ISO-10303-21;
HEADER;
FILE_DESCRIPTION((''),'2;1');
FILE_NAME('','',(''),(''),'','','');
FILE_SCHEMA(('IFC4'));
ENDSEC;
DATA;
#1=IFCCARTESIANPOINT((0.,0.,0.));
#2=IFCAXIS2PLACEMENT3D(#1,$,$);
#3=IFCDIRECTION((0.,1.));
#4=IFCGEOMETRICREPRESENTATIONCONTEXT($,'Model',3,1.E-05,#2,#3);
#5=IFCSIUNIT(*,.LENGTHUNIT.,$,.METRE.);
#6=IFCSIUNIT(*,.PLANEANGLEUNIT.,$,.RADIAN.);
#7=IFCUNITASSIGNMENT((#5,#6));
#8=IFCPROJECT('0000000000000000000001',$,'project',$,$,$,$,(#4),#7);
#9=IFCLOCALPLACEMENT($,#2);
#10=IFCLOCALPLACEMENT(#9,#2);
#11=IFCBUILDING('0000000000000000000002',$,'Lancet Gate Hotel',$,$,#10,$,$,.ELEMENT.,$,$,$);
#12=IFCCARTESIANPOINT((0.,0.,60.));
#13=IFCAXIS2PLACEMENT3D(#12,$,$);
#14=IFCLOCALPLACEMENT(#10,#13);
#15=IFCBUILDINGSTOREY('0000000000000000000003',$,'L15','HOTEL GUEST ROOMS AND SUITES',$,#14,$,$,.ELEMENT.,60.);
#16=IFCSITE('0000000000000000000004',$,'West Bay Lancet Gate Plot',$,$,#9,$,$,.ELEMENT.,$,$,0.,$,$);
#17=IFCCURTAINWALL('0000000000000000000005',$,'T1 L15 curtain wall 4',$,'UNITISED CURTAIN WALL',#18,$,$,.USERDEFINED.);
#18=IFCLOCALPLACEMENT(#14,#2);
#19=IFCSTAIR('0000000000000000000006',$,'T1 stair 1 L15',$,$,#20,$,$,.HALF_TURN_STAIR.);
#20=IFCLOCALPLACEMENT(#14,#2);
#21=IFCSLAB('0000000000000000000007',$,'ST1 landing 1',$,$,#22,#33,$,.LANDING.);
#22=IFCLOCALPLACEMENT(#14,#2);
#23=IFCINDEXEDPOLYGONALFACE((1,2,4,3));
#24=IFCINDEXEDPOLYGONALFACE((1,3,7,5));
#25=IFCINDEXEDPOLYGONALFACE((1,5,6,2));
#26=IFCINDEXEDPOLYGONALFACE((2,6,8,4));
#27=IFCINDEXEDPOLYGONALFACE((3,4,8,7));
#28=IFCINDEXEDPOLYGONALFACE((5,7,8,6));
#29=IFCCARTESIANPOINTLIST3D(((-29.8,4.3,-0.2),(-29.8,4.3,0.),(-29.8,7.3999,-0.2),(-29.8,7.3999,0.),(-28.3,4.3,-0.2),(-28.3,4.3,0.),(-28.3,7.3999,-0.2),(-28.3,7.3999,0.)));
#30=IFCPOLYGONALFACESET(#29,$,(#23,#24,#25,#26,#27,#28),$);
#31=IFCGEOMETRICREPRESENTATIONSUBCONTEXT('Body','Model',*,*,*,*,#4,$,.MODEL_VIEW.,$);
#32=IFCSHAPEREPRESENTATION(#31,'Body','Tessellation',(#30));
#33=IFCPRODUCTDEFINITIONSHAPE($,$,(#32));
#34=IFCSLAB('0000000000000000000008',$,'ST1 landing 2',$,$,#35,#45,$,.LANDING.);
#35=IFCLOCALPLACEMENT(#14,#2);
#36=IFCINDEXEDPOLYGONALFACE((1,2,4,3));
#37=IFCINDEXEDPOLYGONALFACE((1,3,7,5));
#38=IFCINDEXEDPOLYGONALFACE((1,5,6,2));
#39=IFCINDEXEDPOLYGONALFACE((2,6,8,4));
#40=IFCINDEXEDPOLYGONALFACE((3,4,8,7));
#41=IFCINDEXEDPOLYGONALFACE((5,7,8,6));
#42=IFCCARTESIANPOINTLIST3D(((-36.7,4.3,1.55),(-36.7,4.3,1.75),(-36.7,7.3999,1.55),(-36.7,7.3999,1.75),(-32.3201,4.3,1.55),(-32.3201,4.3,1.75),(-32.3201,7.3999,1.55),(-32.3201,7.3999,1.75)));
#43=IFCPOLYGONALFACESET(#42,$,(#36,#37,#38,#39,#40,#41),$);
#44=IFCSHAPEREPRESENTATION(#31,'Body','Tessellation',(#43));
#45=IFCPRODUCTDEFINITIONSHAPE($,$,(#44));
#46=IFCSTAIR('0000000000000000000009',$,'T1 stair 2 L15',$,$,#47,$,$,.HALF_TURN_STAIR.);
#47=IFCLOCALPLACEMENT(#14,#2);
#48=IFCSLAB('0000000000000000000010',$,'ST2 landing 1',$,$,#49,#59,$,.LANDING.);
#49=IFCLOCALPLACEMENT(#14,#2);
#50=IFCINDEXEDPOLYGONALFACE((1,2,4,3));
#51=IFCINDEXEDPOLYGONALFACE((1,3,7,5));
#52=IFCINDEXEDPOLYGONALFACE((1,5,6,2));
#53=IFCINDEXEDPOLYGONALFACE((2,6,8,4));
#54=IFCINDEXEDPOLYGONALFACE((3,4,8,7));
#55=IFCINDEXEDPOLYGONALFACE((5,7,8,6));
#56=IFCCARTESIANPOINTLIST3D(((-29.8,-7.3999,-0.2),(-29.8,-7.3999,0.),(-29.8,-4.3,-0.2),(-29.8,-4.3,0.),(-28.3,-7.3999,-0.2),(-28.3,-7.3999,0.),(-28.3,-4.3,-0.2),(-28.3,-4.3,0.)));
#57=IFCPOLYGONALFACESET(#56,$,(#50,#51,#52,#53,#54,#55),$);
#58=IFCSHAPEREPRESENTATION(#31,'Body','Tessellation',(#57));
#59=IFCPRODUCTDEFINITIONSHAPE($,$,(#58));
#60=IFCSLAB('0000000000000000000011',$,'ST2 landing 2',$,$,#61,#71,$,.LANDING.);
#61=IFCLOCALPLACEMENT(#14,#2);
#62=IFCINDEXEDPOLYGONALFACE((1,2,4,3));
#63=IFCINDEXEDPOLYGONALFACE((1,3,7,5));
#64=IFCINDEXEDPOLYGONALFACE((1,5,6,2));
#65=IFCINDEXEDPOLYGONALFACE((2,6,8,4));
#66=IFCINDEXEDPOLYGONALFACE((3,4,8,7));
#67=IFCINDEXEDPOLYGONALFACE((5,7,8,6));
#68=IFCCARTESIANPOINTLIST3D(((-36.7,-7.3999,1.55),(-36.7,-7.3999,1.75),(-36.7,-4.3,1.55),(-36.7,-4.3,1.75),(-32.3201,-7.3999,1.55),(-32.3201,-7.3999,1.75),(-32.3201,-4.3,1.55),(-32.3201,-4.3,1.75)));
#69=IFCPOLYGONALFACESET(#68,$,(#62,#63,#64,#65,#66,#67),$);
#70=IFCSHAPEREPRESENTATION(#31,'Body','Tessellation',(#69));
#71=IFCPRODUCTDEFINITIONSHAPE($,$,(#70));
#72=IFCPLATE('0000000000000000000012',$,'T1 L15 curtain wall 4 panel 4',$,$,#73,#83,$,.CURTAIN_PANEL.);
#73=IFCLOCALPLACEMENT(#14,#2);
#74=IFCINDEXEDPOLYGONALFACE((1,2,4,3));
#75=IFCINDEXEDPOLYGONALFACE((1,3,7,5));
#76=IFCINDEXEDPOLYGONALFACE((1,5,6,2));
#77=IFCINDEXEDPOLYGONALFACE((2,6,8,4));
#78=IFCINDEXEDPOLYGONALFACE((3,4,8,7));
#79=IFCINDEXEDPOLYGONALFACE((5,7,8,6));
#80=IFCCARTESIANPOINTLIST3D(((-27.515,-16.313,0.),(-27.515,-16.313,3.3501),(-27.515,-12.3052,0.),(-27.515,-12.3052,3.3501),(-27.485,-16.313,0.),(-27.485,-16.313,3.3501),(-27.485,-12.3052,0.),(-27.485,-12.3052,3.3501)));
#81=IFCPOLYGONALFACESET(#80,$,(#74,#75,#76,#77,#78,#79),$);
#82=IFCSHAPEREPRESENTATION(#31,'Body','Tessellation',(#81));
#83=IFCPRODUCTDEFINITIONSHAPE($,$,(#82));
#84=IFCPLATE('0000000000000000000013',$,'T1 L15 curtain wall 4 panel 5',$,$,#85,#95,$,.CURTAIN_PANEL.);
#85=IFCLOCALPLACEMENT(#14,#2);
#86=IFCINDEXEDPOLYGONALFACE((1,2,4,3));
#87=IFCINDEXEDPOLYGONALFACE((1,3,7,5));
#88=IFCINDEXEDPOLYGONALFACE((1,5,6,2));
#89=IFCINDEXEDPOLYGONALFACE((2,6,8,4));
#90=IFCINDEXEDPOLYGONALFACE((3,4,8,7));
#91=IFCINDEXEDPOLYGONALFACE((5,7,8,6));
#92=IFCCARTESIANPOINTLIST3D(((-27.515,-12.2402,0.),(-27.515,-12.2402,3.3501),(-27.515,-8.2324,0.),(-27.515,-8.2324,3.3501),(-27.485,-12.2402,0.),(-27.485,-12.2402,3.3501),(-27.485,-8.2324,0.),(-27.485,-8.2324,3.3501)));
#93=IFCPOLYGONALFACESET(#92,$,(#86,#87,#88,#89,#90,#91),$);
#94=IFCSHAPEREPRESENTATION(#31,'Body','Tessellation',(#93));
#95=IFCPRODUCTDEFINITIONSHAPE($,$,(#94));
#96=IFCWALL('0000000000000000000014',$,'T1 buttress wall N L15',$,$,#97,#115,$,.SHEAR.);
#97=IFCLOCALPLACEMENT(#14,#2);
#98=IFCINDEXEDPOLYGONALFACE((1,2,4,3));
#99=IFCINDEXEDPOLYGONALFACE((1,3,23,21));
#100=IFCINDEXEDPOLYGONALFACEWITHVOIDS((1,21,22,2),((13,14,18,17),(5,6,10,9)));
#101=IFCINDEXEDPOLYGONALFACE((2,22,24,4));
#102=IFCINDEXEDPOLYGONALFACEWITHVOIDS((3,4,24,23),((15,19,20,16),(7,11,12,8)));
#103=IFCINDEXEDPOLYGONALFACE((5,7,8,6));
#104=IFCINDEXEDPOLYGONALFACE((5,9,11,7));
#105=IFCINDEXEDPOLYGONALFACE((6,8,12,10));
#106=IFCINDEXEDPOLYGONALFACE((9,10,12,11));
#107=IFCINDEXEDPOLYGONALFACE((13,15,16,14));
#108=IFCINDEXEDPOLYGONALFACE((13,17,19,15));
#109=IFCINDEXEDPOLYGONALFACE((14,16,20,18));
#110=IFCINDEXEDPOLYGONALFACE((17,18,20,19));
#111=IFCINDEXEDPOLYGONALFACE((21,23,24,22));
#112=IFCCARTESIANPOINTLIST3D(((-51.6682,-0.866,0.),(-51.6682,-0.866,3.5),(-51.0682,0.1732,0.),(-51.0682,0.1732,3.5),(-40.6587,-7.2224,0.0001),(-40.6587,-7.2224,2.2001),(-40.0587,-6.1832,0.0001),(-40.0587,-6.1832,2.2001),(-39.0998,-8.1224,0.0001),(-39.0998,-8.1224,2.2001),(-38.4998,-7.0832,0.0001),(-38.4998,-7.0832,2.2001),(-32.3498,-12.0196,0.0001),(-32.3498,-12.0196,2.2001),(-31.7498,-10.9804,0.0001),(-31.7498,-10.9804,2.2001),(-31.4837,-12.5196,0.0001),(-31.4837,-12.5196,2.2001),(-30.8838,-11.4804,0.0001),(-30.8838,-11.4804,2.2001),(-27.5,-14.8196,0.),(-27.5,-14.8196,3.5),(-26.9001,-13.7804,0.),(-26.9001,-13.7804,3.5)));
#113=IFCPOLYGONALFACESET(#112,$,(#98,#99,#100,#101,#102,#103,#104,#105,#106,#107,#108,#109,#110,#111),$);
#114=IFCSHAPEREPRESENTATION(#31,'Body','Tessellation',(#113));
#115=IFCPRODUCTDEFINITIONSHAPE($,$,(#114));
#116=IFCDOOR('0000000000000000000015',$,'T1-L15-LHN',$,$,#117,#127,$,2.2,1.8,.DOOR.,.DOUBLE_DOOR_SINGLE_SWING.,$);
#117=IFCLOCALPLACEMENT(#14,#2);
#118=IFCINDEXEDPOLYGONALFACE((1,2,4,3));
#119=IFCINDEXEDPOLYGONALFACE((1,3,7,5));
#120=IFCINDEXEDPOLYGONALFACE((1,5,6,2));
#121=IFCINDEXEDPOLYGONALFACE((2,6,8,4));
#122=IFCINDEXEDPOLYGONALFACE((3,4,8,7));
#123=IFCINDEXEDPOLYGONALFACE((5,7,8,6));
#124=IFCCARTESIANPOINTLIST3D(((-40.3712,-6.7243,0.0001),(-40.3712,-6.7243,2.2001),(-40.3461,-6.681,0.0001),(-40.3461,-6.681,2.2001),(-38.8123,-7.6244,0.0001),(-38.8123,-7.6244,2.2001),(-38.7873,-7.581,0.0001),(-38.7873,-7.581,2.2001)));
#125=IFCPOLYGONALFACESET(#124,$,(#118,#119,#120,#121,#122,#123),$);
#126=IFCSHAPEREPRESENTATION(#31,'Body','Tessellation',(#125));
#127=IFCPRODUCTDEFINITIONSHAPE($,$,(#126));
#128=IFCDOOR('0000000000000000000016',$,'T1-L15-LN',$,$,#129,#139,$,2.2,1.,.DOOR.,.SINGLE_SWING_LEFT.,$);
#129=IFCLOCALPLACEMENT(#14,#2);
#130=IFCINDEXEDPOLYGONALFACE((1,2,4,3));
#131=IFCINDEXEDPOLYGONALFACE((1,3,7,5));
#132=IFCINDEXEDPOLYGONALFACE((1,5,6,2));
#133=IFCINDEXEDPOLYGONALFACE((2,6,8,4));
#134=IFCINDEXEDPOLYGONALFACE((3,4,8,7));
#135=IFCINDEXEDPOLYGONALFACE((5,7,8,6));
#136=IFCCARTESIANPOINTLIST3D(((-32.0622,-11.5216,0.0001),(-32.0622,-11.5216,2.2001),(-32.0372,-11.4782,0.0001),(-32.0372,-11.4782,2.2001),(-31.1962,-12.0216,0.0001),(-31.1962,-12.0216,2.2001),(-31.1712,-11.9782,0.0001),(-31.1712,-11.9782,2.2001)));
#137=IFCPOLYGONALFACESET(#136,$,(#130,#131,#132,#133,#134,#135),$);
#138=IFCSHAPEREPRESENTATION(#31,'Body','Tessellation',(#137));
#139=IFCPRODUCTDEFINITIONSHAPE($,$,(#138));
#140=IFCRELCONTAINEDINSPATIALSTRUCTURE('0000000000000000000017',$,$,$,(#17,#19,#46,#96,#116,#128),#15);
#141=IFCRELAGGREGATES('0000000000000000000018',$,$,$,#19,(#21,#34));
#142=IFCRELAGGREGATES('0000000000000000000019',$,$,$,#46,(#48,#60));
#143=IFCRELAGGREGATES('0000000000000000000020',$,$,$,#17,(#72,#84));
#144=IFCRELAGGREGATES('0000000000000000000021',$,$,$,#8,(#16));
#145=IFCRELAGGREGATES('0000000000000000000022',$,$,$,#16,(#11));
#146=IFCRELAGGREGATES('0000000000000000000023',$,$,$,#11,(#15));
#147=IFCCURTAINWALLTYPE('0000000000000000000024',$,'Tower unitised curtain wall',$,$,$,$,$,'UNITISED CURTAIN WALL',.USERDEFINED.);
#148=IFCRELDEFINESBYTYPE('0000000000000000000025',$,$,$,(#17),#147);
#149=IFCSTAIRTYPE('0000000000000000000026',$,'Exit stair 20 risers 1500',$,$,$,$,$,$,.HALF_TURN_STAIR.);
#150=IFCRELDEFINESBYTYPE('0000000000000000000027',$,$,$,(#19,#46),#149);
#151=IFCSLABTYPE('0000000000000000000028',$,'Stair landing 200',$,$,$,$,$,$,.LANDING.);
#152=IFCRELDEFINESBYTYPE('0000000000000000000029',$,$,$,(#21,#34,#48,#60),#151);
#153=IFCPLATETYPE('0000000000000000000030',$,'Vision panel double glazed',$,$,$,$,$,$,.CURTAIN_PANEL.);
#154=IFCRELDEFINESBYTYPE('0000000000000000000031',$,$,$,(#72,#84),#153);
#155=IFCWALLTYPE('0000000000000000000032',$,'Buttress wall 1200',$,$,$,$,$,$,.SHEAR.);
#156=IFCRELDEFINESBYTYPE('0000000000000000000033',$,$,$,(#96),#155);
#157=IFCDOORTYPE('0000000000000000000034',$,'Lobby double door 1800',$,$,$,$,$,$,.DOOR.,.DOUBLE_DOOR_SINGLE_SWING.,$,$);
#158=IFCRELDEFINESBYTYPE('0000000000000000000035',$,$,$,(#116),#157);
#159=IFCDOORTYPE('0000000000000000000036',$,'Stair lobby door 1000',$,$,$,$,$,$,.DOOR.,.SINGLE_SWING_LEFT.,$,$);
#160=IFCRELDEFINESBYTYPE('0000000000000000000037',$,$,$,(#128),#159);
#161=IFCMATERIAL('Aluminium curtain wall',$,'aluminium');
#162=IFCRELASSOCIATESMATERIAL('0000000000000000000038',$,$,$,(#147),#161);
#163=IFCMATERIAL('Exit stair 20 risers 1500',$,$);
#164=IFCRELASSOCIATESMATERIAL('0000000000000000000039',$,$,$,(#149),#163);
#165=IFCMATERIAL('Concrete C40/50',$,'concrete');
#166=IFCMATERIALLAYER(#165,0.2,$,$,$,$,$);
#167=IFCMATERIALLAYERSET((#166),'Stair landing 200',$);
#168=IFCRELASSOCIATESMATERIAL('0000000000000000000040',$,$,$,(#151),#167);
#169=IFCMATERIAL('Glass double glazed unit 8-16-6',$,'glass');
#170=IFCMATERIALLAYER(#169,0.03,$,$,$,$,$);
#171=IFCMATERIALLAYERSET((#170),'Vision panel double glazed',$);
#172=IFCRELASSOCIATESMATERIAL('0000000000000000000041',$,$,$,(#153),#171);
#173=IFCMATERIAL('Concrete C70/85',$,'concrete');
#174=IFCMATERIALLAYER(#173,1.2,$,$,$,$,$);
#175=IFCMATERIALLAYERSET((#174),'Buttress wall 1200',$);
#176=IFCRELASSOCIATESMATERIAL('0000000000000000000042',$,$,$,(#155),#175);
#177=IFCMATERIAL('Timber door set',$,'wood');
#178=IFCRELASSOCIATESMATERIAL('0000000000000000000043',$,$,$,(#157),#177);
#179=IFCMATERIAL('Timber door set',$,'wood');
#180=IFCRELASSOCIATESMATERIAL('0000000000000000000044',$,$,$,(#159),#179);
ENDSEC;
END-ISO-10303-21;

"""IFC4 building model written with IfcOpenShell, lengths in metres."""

from ifc_helpers import new_model, si_unit, direction, frame, frame_2d, origin, origin_2d, place, context, subcontext, project, spatial, polyline, rectangle, outline, extrude, material, layer, layer_set, type_object, element, fill, aggregate, save


model = new_model("IFC4")

# Units and contexts
model_context = context("Model", 3, precision=1e-05, world=origin(), true_north=direction((0.0, 1.0)))
body_context = subcontext(model_context, "Body", "Model", "MODEL_VIEW")
ifc_project = project(units=[si_unit("LENGTHUNIT", "METRE"), si_unit("PLANEANGLEUNIT", "RADIAN")], contexts=[model_context])

# Site, building, storey
site_placement = place(None, origin())
site = spatial("IfcSite", under=ifc_project, at=site_placement, Name="West Bay Lancet Gate Plot", CompositionType="ELEMENT", RefElevation=0.0)
building_placement = place(site_placement, origin())
building = spatial("IfcBuilding", under=site, at=building_placement, Name="Lancet Gate Hotel", CompositionType="ELEMENT")
storey_placement = place(building_placement, frame((0.0, 0.0, 60.0)))
storey = spatial("IfcBuildingStorey", under=building, at=storey_placement, Name="L15", Description="HOTEL GUEST ROOMS AND SUITES", CompositionType="ELEMENT", Elevation=60.0)

# Curtain wall
ifc_material_1 = material(Name="Aluminium curtain wall", Category="aluminium")
curtain_wall_type = type_object("IfcCurtainWallType", Name="Tower unitised curtain wall", ElementType="UNITISED CURTAIN WALL", PredefinedType="USERDEFINED", material=ifc_material_1)
curtain_wall_placement = place(storey_placement, origin())
curtain_wall = element("IfcCurtainWall", 1, at=curtain_wall_placement, inside=storey, type_object=curtain_wall_type, Name="T1 L15 curtain wall 4", ObjectType="UNITISED CURTAIN WALL", PredefinedType="USERDEFINED")

# Stairs, slabs
ifc_material_2 = material(Name="Exit stair 20 risers 1500")
stair_type = type_object("IfcStairType", Name="Exit stair 20 risers 1500", PredefinedType="HALF_TURN_STAIR", material=ifc_material_2)
stair_1_placement = place(storey_placement, origin())
stair_1 = element("IfcStair", 2, at=stair_1_placement, inside=storey, type_object=stair_type, Name="T1 stair 1 L15", PredefinedType="HALF_TURN_STAIR")
ifc_material_3 = material(Name="Concrete C40/50", Category="concrete")
ifc_layer_1 = layer(ifc_material_3, 0.2)
ifc_layer_set_1 = layer_set([ifc_layer_1], Name="Stair landing 200")
slab_type_1 = type_object("IfcSlabType", Name="Stair landing 200", PredefinedType="LANDING", material=ifc_layer_set_1)
slab_1_placement = place(storey_placement, frame((0.0, 0.0, -0.2)))
slab_1 = element("IfcSlab", 3, at=slab_1_placement, type_object=slab_type_1, Name="ST1 landing 1", PredefinedType="LANDING", context=body_context, shape_type="SweptSolid", body=[
    extrude(outline(polyline([(-28.3, 7.3999), (-29.8, 7.3999), (-29.8, 4.3), (-28.3, 4.3), (-28.3, 7.3999)])), origin(), (0.0, 0.0, 1.0), 0.2),
])
slab_2_placement = place(storey_placement, frame((0.0, 0.0, 1.55)))
slab_2 = element("IfcSlab", 4, at=slab_2_placement, type_object=slab_type_1, Name="ST1 landing 2", PredefinedType="LANDING", context=body_context, shape_type="SweptSolid", body=[
    extrude(outline(polyline([(-32.3201, 7.3999), (-36.7, 7.3999), (-36.7, 4.3), (-32.3201, 4.3), (-32.3201, 7.3999)])), origin(), (0.0, 0.0, 1.0), 0.2),
])
aggregate(stair_1, [slab_1, slab_2])
stair_2_placement = place(storey_placement, origin())
stair_2 = element("IfcStair", 5, at=stair_2_placement, inside=storey, type_object=stair_type, Name="T1 stair 2 L15", PredefinedType="HALF_TURN_STAIR")
slab_3_placement = place(storey_placement, frame((0.0, 0.0, -0.2)))
slab_3 = element("IfcSlab", 6, at=slab_3_placement, type_object=slab_type_1, Name="ST2 landing 1", PredefinedType="LANDING", context=body_context, shape_type="SweptSolid", body=[
    extrude(outline(polyline([(-28.3, -4.3), (-29.8, -4.3), (-29.8, -7.3999), (-28.3, -7.3999), (-28.3, -4.3)])), origin(), (0.0, 0.0, 1.0), 0.2),
])
slab_4_placement = place(storey_placement, frame((0.0, 0.0, 1.55)))
slab_4 = element("IfcSlab", 7, at=slab_4_placement, type_object=slab_type_1, Name="ST2 landing 2", PredefinedType="LANDING", context=body_context, shape_type="SweptSolid", body=[
    extrude(outline(polyline([(-32.3201, -4.3), (-36.7, -4.3), (-36.7, -7.3999), (-32.3201, -7.3999), (-32.3201, -4.3)])), origin(), (0.0, 0.0, 1.0), 0.2),
])
aggregate(stair_2, [slab_3, slab_4])

# Plates
ifc_material_4 = material(Name="Glass double glazed unit 8-16-6", Category="glass")
ifc_layer_2 = layer(ifc_material_4, 0.03)
ifc_layer_set_2 = layer_set([ifc_layer_2], Name="Vision panel double glazed")
plate_type = type_object("IfcPlateType", Name="Vision panel double glazed", PredefinedType="CURTAIN_PANEL", material=ifc_layer_set_2)
plate_1_placement = place(storey_placement, frame((-27.5, -14.3091, 0.0), z_axis=(0.0, 0.0, 1.0), x_axis=(0.0, 1.0, 0.0)))
plate_1 = element("IfcPlate", 8, at=plate_1_placement, type_object=plate_type, Name="T1 L15 curtain wall 4 panel 4", PredefinedType="CURTAIN_PANEL", context=body_context, shape_type="SweptSolid", body=[
    extrude(rectangle(XDim=4.0078, YDim=0.03, at=origin_2d()), origin(), (0.0, 0.0, 1.0), 3.3501),
])
plate_2_placement = place(storey_placement, frame((-27.5, -10.2363, 0.0), z_axis=(0.0, 0.0, 1.0), x_axis=(0.0, 1.0, 0.0)))
plate_2 = element("IfcPlate", 9, at=plate_2_placement, type_object=plate_type, Name="T1 L15 curtain wall 4 panel 5", PredefinedType="CURTAIN_PANEL", context=body_context, shape_type="SweptSolid", body=[
    extrude(rectangle(XDim=4.0078, YDim=0.03, at=origin_2d()), origin(), (0.0, 0.0, 1.0), 3.3501),
])
aggregate(curtain_wall, [plate_1, plate_2])

# Wall, openings, doors
ifc_material_5 = material(Name="Concrete C70/85", Category="concrete")
ifc_layer_3 = layer(ifc_material_5, 1.2)
ifc_layer_set_3 = layer_set([ifc_layer_3], Name="Buttress wall 1200")
wall_type = type_object("IfcWallType", Name="Buttress wall 1200", PredefinedType="SHEAR", material=ifc_layer_set_3)
wall_placement = place(storey_placement, frame((-27.2, -14.3, 0.0), z_axis=(0.0, 0.0, 1.0), x_axis=(-0.866024, 0.500002, 0.0)))
wall = element("IfcWall", 10, at=wall_placement, inside=storey, type_object=wall_type, Name="T1 buttress wall N L15", PredefinedType="SHEAR", context=body_context, shape_type="SweptSolid", body=[
    extrude(rectangle(XDim=27.907, YDim=1.2, at=frame_2d((13.9536, 0.0))), origin(), (0.0, 0.0, 1.0), 3.5),
])
opening_1_placement = place(wall_placement, frame((4.6001, 0.0, 0.0)))
opening_1 = element("IfcOpeningElement", 11, at=opening_1_placement, cuts=wall, PredefinedType="OPENING", context=body_context, shape_type="SweptSolid", body=[
    extrude(rectangle(XDim=1.0, YDim=2.2, at=frame_2d((0.5, 1.1001))), frame((0.0, 0.6099, 0.0), z_axis=(0.0, -1.0, 0.0), x_axis=(1.0, 0.0, 0.0)), (0.0, 0.0, 1.0), 1.22),
])
opening_2_placement = place(wall_placement, frame((13.3945, 0.0, 0.0)))
opening_2 = element("IfcOpeningElement", 12, at=opening_2_placement, cuts=wall, PredefinedType="OPENING", context=body_context, shape_type="SweptSolid", body=[
    extrude(rectangle(XDim=1.8, YDim=2.2, at=frame_2d((0.8999, 1.1001))), frame((0.0, 0.6099, 0.0), z_axis=(0.0, -1.0, 0.0), x_axis=(1.0, 0.0, 0.0)), (0.0, 0.0, 1.0), 1.22),
])
ifc_material_6 = material(Name="Timber door set", Category="wood")
door_type_1 = type_object("IfcDoorType", Name="Lobby double door 1800", OperationType="DOUBLE_DOOR_SINGLE_SWING", PredefinedType="DOOR", material=ifc_material_6)
door_1_placement = place(opening_2_placement, origin())
door_1 = element("IfcDoor", 13, at=door_1_placement, inside=storey, type_object=door_type_1, Name="T1-L15-LHN", OperationType="DOUBLE_DOOR_SINGLE_SWING", OverallHeight=2.2, OverallWidth=1.8, PredefinedType="DOOR", context=body_context, shape_type="SweptSolid", body=[
    extrude(rectangle(XDim=1.8, YDim=2.2, at=frame_2d((0.8999, 1.1001))), frame((0.0, 0.0249, 0.0), z_axis=(0.0, -1.0, 0.0), x_axis=(1.0, 0.0, 0.0)), (0.0, 0.0, 1.0), 0.05),
])
fill(opening_2, door_1)
ifc_material_7 = material(Name="Timber door set", Category="wood")
door_type_2 = type_object("IfcDoorType", Name="Stair lobby door 1000", OperationType="SINGLE_SWING_LEFT", PredefinedType="DOOR", material=ifc_material_7)
door_2_placement = place(opening_1_placement, origin())
door_2 = element("IfcDoor", 14, at=door_2_placement, inside=storey, type_object=door_type_2, Name="T1-L15-LN", OperationType="SINGLE_SWING_LEFT", OverallHeight=2.2, OverallWidth=1.0, PredefinedType="DOOR", context=body_context, shape_type="SweptSolid", body=[
    extrude(rectangle(XDim=1.0, YDim=2.2, at=frame_2d((0.5, 1.1001))), frame((0.0, 0.0249, 0.0), z_axis=(0.0, -1.0, 0.0), x_axis=(1.0, 0.0, 0.0)), (0.0, 0.0, 1.0), 0.05),
])
fill(opening_1, door_2)

save(model, "model.ifc")
